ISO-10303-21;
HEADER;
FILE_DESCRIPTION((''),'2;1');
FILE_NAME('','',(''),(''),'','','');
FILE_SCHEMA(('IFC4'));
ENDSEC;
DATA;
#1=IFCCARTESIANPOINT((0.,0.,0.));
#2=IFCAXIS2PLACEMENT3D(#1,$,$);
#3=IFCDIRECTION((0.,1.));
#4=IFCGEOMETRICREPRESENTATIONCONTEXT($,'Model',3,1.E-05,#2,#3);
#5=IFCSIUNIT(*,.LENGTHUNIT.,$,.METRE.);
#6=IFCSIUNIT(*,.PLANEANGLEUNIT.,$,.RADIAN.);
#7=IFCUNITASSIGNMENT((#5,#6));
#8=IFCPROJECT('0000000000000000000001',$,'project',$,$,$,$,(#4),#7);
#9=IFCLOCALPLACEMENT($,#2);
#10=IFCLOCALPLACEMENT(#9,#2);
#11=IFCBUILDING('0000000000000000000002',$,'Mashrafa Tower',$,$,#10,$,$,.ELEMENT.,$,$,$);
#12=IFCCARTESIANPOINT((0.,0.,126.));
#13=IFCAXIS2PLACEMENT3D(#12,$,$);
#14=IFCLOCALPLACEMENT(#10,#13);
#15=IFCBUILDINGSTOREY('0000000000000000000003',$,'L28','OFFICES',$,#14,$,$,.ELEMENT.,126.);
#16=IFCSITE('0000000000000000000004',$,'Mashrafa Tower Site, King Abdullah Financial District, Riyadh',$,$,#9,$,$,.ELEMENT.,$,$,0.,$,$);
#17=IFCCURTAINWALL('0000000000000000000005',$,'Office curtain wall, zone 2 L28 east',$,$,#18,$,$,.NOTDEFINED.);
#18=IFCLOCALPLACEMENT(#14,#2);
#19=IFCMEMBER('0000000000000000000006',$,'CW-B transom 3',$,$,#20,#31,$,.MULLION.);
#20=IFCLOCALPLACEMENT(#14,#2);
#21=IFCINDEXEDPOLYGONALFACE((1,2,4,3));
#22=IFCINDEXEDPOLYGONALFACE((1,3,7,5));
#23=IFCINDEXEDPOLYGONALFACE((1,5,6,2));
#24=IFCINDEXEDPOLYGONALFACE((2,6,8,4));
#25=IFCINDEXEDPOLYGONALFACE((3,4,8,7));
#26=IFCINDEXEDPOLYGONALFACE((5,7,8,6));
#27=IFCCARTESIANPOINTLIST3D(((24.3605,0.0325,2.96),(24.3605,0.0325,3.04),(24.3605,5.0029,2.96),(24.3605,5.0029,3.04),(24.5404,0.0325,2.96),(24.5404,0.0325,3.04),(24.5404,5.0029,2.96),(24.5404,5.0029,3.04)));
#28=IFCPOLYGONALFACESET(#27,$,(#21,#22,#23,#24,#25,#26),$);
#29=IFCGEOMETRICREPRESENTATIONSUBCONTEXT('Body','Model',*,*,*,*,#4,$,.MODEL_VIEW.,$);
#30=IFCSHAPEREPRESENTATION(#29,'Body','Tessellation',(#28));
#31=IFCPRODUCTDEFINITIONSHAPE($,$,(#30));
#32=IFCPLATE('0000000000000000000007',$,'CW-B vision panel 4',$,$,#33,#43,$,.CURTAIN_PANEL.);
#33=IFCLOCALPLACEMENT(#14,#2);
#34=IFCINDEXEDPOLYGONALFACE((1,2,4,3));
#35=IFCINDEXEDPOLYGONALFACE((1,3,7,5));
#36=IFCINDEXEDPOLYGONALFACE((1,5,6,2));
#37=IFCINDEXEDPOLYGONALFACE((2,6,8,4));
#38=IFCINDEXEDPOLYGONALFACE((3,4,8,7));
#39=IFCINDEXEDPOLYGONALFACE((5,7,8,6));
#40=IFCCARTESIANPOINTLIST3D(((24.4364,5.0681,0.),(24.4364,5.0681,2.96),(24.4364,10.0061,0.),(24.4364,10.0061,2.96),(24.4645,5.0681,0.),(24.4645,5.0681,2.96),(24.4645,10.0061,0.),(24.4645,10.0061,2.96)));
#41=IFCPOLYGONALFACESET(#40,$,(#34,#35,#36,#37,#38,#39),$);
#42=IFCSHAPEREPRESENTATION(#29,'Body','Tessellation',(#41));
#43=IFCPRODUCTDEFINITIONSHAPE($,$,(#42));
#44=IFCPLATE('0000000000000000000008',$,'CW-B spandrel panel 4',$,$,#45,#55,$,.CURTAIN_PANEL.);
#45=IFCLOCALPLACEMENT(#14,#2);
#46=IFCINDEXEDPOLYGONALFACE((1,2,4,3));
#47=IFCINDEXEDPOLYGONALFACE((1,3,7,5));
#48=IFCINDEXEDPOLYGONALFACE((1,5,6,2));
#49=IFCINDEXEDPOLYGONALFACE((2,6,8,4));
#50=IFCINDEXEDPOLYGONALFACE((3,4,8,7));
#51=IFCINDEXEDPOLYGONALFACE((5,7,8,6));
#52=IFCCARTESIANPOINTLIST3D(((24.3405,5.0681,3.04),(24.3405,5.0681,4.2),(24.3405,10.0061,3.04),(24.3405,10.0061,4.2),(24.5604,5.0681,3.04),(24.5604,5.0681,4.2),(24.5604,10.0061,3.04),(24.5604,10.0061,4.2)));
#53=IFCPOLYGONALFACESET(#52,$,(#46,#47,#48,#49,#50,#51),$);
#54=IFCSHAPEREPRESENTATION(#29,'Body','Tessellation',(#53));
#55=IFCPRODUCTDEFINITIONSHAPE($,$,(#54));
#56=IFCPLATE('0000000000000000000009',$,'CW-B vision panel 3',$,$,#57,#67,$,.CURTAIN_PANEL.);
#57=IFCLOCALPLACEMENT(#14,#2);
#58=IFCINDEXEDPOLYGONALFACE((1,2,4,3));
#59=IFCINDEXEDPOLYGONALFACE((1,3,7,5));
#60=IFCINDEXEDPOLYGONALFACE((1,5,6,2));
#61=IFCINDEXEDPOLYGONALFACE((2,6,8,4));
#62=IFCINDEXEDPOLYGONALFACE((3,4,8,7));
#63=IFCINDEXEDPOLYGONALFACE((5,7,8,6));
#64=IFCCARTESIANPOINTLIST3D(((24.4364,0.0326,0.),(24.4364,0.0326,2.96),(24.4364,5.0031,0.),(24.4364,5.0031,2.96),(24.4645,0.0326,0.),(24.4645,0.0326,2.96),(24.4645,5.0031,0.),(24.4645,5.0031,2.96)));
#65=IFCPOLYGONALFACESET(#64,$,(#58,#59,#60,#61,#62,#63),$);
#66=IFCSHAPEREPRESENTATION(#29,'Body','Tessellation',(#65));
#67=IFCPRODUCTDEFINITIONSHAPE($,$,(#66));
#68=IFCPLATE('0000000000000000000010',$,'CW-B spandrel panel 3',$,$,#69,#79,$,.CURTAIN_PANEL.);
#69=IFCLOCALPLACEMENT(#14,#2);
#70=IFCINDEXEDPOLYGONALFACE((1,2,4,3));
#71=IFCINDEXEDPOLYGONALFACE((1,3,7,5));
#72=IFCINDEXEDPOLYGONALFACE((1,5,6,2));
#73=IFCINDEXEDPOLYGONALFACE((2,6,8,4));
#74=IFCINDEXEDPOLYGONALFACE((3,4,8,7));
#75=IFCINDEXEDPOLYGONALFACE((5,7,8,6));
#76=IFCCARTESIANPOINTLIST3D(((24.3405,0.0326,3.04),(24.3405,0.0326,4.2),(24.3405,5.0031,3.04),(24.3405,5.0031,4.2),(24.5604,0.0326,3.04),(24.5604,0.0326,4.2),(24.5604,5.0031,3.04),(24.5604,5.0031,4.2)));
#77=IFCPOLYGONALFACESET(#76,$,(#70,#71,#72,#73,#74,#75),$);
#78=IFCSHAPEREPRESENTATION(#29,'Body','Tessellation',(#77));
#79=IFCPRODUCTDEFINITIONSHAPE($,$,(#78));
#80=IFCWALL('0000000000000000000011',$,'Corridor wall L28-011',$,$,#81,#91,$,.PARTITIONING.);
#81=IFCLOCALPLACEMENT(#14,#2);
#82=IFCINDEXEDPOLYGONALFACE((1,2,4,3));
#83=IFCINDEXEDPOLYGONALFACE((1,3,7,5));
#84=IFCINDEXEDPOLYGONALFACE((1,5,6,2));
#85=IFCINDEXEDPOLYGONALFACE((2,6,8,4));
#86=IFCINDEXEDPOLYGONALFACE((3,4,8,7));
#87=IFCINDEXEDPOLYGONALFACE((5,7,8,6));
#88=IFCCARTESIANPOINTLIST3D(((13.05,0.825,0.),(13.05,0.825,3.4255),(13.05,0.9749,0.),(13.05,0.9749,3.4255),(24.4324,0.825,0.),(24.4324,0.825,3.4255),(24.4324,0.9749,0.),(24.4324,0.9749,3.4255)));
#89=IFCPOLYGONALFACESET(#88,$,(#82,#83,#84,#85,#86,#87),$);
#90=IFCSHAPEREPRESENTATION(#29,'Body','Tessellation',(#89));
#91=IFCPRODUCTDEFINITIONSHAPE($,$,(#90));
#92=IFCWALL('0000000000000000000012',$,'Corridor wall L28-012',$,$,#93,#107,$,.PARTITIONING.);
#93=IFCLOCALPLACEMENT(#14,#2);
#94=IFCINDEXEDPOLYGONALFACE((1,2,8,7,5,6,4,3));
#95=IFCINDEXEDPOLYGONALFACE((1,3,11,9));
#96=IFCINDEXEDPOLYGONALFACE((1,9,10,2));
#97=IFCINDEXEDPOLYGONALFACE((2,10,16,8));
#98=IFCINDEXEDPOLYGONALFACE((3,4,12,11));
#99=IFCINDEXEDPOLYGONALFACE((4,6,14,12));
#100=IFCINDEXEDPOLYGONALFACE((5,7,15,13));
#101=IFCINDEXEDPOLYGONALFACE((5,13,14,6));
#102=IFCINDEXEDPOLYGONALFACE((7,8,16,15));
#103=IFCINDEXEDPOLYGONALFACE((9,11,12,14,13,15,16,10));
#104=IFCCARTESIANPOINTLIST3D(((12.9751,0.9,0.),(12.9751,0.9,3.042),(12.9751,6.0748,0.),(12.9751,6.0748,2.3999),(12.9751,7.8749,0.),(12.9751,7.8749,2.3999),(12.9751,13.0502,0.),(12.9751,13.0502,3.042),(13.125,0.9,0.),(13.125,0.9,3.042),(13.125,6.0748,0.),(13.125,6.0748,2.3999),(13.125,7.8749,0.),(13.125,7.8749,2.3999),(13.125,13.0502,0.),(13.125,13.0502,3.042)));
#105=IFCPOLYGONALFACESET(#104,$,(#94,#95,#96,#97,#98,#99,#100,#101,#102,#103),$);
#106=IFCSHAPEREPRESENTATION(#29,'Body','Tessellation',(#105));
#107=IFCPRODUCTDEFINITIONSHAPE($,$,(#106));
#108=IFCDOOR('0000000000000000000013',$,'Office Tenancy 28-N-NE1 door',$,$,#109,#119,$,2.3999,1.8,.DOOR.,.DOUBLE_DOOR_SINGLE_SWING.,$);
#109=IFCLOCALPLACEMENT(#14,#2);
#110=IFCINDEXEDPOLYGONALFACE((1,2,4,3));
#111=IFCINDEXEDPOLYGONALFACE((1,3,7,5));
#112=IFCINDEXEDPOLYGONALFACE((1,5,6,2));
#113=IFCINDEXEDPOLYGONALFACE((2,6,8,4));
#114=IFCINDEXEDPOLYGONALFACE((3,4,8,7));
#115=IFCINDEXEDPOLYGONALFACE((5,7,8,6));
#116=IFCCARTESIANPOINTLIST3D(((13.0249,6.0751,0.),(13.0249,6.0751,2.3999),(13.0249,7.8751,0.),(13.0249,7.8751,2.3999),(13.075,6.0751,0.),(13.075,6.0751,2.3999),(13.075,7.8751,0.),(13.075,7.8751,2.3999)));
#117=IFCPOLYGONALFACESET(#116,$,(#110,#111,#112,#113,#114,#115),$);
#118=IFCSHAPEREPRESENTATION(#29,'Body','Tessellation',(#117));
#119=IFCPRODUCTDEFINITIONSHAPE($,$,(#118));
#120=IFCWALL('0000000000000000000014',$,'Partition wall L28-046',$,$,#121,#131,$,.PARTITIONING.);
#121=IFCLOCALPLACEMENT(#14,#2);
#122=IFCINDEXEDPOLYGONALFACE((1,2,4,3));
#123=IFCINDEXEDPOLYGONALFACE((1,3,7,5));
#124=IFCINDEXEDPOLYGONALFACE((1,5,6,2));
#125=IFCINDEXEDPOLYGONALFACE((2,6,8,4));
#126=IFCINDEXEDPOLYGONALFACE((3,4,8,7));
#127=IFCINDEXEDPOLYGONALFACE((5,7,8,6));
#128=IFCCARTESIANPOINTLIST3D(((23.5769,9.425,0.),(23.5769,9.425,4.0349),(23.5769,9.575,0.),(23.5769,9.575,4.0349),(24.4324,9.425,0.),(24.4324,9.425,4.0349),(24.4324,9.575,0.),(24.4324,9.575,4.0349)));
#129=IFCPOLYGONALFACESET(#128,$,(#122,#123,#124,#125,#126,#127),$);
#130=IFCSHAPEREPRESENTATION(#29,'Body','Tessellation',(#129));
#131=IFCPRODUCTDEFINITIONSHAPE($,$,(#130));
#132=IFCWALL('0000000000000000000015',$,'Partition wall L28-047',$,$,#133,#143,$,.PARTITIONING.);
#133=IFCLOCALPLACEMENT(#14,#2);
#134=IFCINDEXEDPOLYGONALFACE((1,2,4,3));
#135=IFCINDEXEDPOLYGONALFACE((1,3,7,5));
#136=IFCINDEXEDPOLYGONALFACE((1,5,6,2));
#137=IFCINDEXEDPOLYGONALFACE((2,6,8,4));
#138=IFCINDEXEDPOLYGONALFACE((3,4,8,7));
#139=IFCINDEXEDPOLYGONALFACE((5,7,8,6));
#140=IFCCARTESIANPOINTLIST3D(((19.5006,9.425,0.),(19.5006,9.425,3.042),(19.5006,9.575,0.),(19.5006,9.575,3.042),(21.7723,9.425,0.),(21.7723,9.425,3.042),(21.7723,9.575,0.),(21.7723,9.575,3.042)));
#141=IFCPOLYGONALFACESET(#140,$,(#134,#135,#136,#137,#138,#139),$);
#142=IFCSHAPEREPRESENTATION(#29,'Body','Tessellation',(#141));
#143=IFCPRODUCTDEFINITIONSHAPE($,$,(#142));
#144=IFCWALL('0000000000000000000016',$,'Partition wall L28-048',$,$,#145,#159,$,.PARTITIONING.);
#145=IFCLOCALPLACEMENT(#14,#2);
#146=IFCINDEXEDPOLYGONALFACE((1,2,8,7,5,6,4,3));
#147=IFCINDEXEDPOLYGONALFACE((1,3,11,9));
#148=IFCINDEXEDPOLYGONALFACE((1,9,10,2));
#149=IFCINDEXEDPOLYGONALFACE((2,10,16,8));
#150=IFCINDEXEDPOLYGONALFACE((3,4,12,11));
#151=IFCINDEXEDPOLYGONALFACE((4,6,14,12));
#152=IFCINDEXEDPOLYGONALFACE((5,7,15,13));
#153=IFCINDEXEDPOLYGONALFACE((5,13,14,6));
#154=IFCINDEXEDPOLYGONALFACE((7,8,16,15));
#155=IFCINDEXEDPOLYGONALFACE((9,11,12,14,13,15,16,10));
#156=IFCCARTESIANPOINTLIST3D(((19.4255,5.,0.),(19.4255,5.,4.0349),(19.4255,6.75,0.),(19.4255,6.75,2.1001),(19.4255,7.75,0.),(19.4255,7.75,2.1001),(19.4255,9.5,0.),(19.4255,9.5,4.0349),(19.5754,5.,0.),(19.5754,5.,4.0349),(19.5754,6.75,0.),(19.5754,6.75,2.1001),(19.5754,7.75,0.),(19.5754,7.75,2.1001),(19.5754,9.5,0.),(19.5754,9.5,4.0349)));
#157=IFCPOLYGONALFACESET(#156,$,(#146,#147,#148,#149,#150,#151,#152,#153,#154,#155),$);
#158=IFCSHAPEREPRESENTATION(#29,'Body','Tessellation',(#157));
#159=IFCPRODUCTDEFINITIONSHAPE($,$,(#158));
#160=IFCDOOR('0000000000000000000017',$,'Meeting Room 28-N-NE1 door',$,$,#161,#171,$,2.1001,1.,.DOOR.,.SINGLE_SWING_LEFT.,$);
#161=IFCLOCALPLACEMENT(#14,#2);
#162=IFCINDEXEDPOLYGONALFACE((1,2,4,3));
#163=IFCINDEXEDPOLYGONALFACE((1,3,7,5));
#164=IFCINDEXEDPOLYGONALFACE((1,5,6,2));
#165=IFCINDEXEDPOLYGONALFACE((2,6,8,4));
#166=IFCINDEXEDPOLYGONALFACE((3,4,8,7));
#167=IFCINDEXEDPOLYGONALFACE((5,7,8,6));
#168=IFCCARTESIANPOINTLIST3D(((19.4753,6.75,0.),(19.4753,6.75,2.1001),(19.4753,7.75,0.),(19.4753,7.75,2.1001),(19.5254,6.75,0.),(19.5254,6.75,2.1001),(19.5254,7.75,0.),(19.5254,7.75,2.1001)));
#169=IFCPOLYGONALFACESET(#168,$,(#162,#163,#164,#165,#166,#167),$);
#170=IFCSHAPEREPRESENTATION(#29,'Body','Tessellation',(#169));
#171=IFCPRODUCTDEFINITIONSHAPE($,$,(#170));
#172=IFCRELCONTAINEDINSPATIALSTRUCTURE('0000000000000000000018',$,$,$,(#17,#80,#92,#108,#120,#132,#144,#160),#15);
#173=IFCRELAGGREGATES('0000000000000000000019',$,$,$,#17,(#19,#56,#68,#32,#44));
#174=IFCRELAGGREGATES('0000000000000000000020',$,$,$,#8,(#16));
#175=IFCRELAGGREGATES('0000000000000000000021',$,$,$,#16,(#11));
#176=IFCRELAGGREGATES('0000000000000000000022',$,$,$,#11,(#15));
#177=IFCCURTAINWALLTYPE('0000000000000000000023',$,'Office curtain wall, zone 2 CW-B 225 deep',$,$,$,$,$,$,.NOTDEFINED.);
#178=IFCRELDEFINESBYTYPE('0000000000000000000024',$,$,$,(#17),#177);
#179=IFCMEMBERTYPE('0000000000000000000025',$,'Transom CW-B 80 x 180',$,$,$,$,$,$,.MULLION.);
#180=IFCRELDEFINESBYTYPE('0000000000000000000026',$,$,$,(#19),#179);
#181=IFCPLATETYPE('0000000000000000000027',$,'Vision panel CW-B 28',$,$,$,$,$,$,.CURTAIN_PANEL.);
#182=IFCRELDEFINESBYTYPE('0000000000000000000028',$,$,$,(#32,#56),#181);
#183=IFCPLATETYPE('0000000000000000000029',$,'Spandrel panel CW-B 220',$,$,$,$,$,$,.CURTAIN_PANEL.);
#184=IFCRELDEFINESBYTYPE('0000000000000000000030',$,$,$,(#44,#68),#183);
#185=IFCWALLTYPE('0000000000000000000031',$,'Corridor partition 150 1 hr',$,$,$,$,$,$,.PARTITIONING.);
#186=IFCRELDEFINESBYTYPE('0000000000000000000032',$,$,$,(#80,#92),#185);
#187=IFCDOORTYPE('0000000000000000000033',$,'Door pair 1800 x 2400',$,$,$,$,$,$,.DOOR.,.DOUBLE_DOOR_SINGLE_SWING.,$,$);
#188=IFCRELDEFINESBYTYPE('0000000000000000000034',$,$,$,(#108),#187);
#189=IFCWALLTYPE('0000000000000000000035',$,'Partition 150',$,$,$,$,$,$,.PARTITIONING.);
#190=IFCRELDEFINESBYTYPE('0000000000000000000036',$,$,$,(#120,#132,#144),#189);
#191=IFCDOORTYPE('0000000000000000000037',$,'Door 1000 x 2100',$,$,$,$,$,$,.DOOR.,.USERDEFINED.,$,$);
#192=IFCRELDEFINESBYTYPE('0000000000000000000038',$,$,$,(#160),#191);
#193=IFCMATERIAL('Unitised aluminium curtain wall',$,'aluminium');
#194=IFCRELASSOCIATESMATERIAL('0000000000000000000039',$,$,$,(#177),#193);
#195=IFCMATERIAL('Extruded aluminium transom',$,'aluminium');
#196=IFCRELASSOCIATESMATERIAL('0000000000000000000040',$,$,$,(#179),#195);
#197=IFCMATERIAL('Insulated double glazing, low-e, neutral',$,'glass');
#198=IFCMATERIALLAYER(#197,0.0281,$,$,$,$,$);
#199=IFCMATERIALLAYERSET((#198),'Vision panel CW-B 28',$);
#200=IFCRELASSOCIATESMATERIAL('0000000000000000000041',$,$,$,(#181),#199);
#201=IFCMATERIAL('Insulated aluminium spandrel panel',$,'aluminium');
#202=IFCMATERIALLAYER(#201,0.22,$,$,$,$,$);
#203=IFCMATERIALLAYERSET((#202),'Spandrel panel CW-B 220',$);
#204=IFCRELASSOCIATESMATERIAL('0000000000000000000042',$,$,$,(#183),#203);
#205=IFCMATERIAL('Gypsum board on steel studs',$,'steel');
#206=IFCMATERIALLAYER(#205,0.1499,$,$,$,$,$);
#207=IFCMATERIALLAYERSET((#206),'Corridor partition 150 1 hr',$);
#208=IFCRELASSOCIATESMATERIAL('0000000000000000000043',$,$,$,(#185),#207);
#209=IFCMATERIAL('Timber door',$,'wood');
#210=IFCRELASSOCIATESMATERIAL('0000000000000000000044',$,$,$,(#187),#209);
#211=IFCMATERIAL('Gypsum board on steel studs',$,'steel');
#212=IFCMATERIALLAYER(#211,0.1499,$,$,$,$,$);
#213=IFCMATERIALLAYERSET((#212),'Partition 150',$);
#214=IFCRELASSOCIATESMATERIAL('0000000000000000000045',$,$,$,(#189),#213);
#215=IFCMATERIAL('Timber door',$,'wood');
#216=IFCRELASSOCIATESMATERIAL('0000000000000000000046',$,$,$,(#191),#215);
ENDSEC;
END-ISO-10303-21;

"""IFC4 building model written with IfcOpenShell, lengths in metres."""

from ifc_helpers import new_model, si_unit, direction, frame, frame_2d, origin, origin_2d, place, context, subcontext, project, spatial, rectangle, extrude, source, transform, mapped, material, layer, layer_set, material_profile, profile_set, type_object, type_shapes, element, fill, aggregate, save


model = new_model("IFC4")

# Units and contexts
model_context = context("Model", 3, precision=1e-05, world=origin(), true_north=direction((0.0, 1.0)))
body_context = subcontext(model_context, "Body", "Model", "MODEL_VIEW")
ifc_project = project(units=[si_unit("LENGTHUNIT", "METRE"), si_unit("PLANEANGLEUNIT", "RADIAN")], contexts=[model_context])

# Site, building, storey
site_placement = place(None, origin())
site = spatial("IfcSite", under=ifc_project, at=site_placement, Name="Mashrafa Tower Site, King Abdullah Financial District, Riyadh", CompositionType="ELEMENT", RefElevation=0.0)
building_placement = place(site_placement, origin())
building = spatial("IfcBuilding", under=site, at=building_placement, Name="Mashrafa Tower", CompositionType="ELEMENT")
storey_placement = place(building_placement, frame((0.0, 0.0, 126.0)))
storey = spatial("IfcBuildingStorey", under=building, at=storey_placement, Name="L28", Description="OFFICES", CompositionType="ELEMENT", Elevation=126.0)

# Curtain wall
ifc_material_1 = material(Name="Unitised aluminium curtain wall", Category="aluminium")
curtain_wall_type = type_object("IfcCurtainWallType", Name="Office curtain wall, zone 2 CW-B 225 deep", PredefinedType="NOTDEFINED", material=ifc_material_1)
curtain_wall_1_placement = place(storey_placement, origin())
curtain_wall_1 = element("IfcCurtainWall", 1, at=curtain_wall_1_placement, inside=storey, type_object=curtain_wall_type, Name="Office curtain wall, zone 2 L28 east", PredefinedType="NOTDEFINED")

# Member
ifc_material_2 = material(Name="Extruded aluminium transom", Category="aluminium")
ifc_material_profile_1 = material_profile(ifc_material_2, rectangle(XDim=0.1799, YDim=0.0801, at=origin_2d()), Name="Transom 80x180")
ifc_profile_set_1 = profile_set([ifc_material_profile_1], Name="Extruded aluminium transom")
member_type_1 = type_object("IfcMemberType", Name="Transom CW-B 80 x 180", PredefinedType="MULLION", material=ifc_profile_set_1)
shared_shape_1 = source(origin(), body_context, "Body", "SweptSolid", [
    extrude(rectangle(XDim=0.1799, YDim=0.0801, at=origin_2d()), origin(), (0.0, 0.0, 1.0), 4.9705),
])
member_1_placement = place(storey_placement, frame((24.4504, 0.0325, 3.0), z_axis=(0.0, 1.0, 0.0), x_axis=(-1.0, 0.0, 0.0)))
member_1 = element("IfcMember", 2, at=member_1_placement, type_object=member_type_1, Name="CW-B transom 3", PredefinedType="MULLION", context=body_context, shape_type="MappedRepresentation", body=[
    mapped(shared_shape_1, transform((0.0, 0.0, 0.0))),
])

# Plates
ifc_material_3 = material(Name="Insulated double glazing, low-e, neutral", Category="glass")
ifc_layer_1 = layer(ifc_material_3, 0.0281)
ifc_layer_set_1 = layer_set([ifc_layer_1], Name="Vision panel CW-B 28")
plate_type_1 = type_object("IfcPlateType", Name="Vision panel CW-B 28", PredefinedType="CURTAIN_PANEL", material=ifc_layer_set_1)
shared_shape_2 = source(origin(), body_context, "Body", "SweptSolid", [
    extrude(rectangle(XDim=4.938, YDim=0.0281, at=origin_2d()), origin(), (0.0, 0.0, 1.0), 2.96),
])
plate_1_placement = place(storey_placement, frame((24.4504, 7.5371, 0.0), z_axis=(0.0, 0.0, 1.0), x_axis=(0.0, 1.0, 0.0)))
plate_1 = element("IfcPlate", 3, at=plate_1_placement, type_object=plate_type_1, Name="CW-B vision panel 4", PredefinedType="CURTAIN_PANEL", context=body_context, shape_type="MappedRepresentation", body=[
    mapped(shared_shape_2, transform((0.0, 0.0, 0.0))),
])
ifc_material_4 = material(Name="Insulated aluminium spandrel panel", Category="aluminium")
ifc_layer_2 = layer(ifc_material_4, 0.22)
ifc_layer_set_2 = layer_set([ifc_layer_2], Name="Spandrel panel CW-B 220")
plate_type_2 = type_object("IfcPlateType", Name="Spandrel panel CW-B 220", PredefinedType="CURTAIN_PANEL", material=ifc_layer_set_2)
shared_shape_3 = source(origin(), body_context, "Body", "SweptSolid", [
    extrude(rectangle(XDim=4.938, YDim=0.22, at=origin_2d()), origin(), (0.0, 0.0, 1.0), 1.1599),
])
plate_2_placement = place(storey_placement, frame((24.4504, 7.5371, 3.04), z_axis=(0.0, 0.0, 1.0), x_axis=(0.0, 1.0, 0.0)))
plate_2 = element("IfcPlate", 4, at=plate_2_placement, type_object=plate_type_2, Name="CW-B spandrel panel 4", PredefinedType="CURTAIN_PANEL", context=body_context, shape_type="MappedRepresentation", body=[
    mapped(shared_shape_3, transform((0.0, 0.0, 0.0))),
])
shared_shape_4 = source(origin(), body_context, "Body", "SweptSolid", [
    extrude(rectangle(XDim=4.9705, YDim=0.0281, at=origin_2d()), origin(), (0.0, 0.0, 1.0), 2.96),
])
type_shapes(plate_type_1, [shared_shape_2, shared_shape_4])
plate_3_placement = place(storey_placement, frame((24.4504, 2.5178, 0.0), z_axis=(0.0, 0.0, 1.0), x_axis=(0.0, 1.0, 0.0)))
plate_3 = element("IfcPlate", 5, at=plate_3_placement, type_object=plate_type_1, Name="CW-B vision panel 3", PredefinedType="CURTAIN_PANEL", context=body_context, shape_type="MappedRepresentation", body=[
    mapped(shared_shape_4, transform((0.0, 0.0, 0.0))),
])
shared_shape_5 = source(origin(), body_context, "Body", "SweptSolid", [
    extrude(rectangle(XDim=4.9705, YDim=0.22, at=origin_2d()), origin(), (0.0, 0.0, 1.0), 1.1599),
])
type_shapes(plate_type_2, [shared_shape_3, shared_shape_5])
plate_4_placement = place(storey_placement, frame((24.4504, 2.5178, 3.04), z_axis=(0.0, 0.0, 1.0), x_axis=(0.0, 1.0, 0.0)))
plate_4 = element("IfcPlate", 6, at=plate_4_placement, type_object=plate_type_2, Name="CW-B spandrel panel 3", PredefinedType="CURTAIN_PANEL", context=body_context, shape_type="MappedRepresentation", body=[
    mapped(shared_shape_5, transform((0.0, 0.0, 0.0))),
])
aggregate(curtain_wall_1, [member_1, plate_3, plate_4, plate_1, plate_2])

# Wall
ifc_material_5 = material(Name="Gypsum board on steel studs", Category="steel")
ifc_layer_3 = layer(ifc_material_5, 0.1499)
ifc_layer_set_3 = layer_set([ifc_layer_3], Name="Corridor partition 150 1 hr")
wall_type_1 = type_object("IfcWallType", Name="Corridor partition 150 1 hr", PredefinedType="PARTITIONING", material=ifc_layer_set_3)
wall_1_placement = place(storey_placement, frame((24.4324, 0.8999, 0.0), z_axis=(0.0, 0.0, 1.0), x_axis=(-1.0, 0.0, 0.0)))
element("IfcWall", 7, at=wall_1_placement, inside=storey, type_object=wall_type_1, Name="Corridor wall L28-011", PredefinedType="PARTITIONING", context=body_context, shape_type="SweptSolid", body=[
    extrude(rectangle(XDim=11.3823, YDim=0.1499, at=frame_2d((5.6912, 0.0))), origin(), (0.0, 0.0, 1.0), 3.4255),
])

# Wall, opening, door
wall_2_placement = place(storey_placement, frame((13.05, 0.8999, 0.0), z_axis=(0.0, 0.0, 1.0), x_axis=(0.0, 1.0, 0.0)))
wall_2 = element("IfcWall", 8, at=wall_2_placement, inside=storey, type_object=wall_type_1, Name="Corridor wall L28-012", PredefinedType="PARTITIONING", context=body_context, shape_type="SweptSolid", body=[
    extrude(rectangle(XDim=12.1501, YDim=0.1499, at=frame_2d((6.0752, 0.0))), origin(), (0.0, 0.0, 1.0), 3.042),
])
opening_1_placement = place(wall_2_placement, frame((5.175, 0.0, 0.0)))
opening_1 = element("IfcOpeningElement", 9, at=opening_1_placement, cuts=wall_2, PredefinedType="OPENING", context=body_context, shape_type="SweptSolid", body=[
    extrude(rectangle(XDim=1.8, YDim=2.3999, at=frame_2d((0.8999, 1.2))), frame((0.0, 0.085, 0.0), z_axis=(0.0, -1.0, 0.0), x_axis=(1.0, 0.0, 0.0)), (0.0, 0.0, 1.0), 0.1699),
])
ifc_material_6 = material(Name="Timber door", Category="wood")
door_type_1 = type_object("IfcDoorType", Name="Door pair 1800 x 2400", OperationType="DOUBLE_DOOR_SINGLE_SWING", PredefinedType="DOOR", material=ifc_material_6)
door_1_placement = place(opening_1_placement, frame((1.8, 0.0, 0.0), z_axis=(0.0, 0.0, 1.0), x_axis=(-1.0, 0.0, 0.0)))
door_1 = element("IfcDoor", 10, at=door_1_placement, inside=storey, type_object=door_type_1, Name="Office Tenancy 28-N-NE1 door", OperationType="DOUBLE_DOOR_SINGLE_SWING", OverallHeight=2.3999, OverallWidth=1.8, PredefinedType="DOOR", context=body_context, shape_type="SweptSolid", body=[
    extrude(rectangle(XDim=1.8, YDim=2.3999, at=frame_2d((0.8999, 1.2))), frame((0.0, 0.0249, 0.0), z_axis=(0.0, -1.0, 0.0), x_axis=(1.0, 0.0, 0.0)), (0.0, 0.0, 1.0), 0.05),
])
fill(opening_1, door_1)

# Walls
ifc_material_7 = material(Name="Gypsum board on steel studs", Category="steel")
ifc_layer_4 = layer(ifc_material_7, 0.1499)
ifc_layer_set_4 = layer_set([ifc_layer_4], Name="Partition 150")
wall_type_2 = type_object("IfcWallType", Name="Partition 150", PredefinedType="PARTITIONING", material=ifc_layer_set_4)
wall_3_placement = place(storey_placement, frame((24.4324, 9.5, 0.0), z_axis=(0.0, 0.0, 1.0), x_axis=(-1.0, 0.0, 0.0)))
element("IfcWall", 11, at=wall_3_placement, inside=storey, type_object=wall_type_2, Name="Partition wall L28-046", PredefinedType="PARTITIONING", context=body_context, shape_type="SweptSolid", body=[
    extrude(rectangle(XDim=0.8555, YDim=0.1499, at=frame_2d((0.4277, 0.0))), origin(), (0.0, 0.0, 1.0), 4.0349),
])
wall_4_placement = place(storey_placement, frame((21.7722, 9.5, 0.0), z_axis=(0.0, 0.0, 1.0), x_axis=(-1.0, 0.0, 0.0)))
element("IfcWall", 12, at=wall_4_placement, inside=storey, type_object=wall_type_2, Name="Partition wall L28-047", PredefinedType="PARTITIONING", context=body_context, shape_type="SweptSolid", body=[
    extrude(rectangle(XDim=2.2717, YDim=0.1499, at=frame_2d((1.1357, 0.0))), origin(), (0.0, 0.0, 1.0), 3.042),
])

# Wall, opening, door
wall_5_placement = place(storey_placement, frame((19.5005, 9.5, 0.0), z_axis=(0.0, 0.0, 1.0), x_axis=(0.0, -1.0, 0.0)))
wall_5 = element("IfcWall", 13, at=wall_5_placement, inside=storey, type_object=wall_type_2, Name="Partition wall L28-048", PredefinedType="PARTITIONING", context=body_context, shape_type="SweptSolid", body=[
    extrude(rectangle(XDim=4.5, YDim=0.1499, at=frame_2d((2.25, 0.0))), origin(), (0.0, 0.0, 1.0), 4.0349),
])
opening_2_placement = place(wall_5_placement, frame((1.75, 0.0, 0.0)))
opening_2 = element("IfcOpeningElement", 14, at=opening_2_placement, cuts=wall_5, PredefinedType="OPENING", context=body_context, shape_type="SweptSolid", body=[
    extrude(rectangle(XDim=1.0, YDim=2.1001, at=frame_2d((0.5, 1.05))), frame((0.0, 0.085, 0.0), z_axis=(0.0, -1.0, 0.0), x_axis=(1.0, 0.0, 0.0)), (0.0, 0.0, 1.0), 0.1699),
])
ifc_material_8 = material(Name="Timber door", Category="wood")
door_type_2 = type_object("IfcDoorType", Name="Door 1000 x 2100", OperationType="USERDEFINED", PredefinedType="DOOR", material=ifc_material_8)
door_2_placement = place(opening_2_placement, origin())
door_2 = element("IfcDoor", 15, at=door_2_placement, inside=storey, type_object=door_type_2, Name="Meeting Room 28-N-NE1 door", OperationType="SINGLE_SWING_LEFT", OverallHeight=2.1001, OverallWidth=1.0, PredefinedType="DOOR", context=body_context, shape_type="SweptSolid", body=[
    extrude(rectangle(XDim=1.0, YDim=2.1001, at=frame_2d((0.5, 1.05))), frame((0.0, 0.0249, 0.0), z_axis=(0.0, -1.0, 0.0), x_axis=(1.0, 0.0, 0.0)), (0.0, 0.0, 1.0), 0.05),
])
fill(opening_2, door_2)

save(model, "model.ifc")
